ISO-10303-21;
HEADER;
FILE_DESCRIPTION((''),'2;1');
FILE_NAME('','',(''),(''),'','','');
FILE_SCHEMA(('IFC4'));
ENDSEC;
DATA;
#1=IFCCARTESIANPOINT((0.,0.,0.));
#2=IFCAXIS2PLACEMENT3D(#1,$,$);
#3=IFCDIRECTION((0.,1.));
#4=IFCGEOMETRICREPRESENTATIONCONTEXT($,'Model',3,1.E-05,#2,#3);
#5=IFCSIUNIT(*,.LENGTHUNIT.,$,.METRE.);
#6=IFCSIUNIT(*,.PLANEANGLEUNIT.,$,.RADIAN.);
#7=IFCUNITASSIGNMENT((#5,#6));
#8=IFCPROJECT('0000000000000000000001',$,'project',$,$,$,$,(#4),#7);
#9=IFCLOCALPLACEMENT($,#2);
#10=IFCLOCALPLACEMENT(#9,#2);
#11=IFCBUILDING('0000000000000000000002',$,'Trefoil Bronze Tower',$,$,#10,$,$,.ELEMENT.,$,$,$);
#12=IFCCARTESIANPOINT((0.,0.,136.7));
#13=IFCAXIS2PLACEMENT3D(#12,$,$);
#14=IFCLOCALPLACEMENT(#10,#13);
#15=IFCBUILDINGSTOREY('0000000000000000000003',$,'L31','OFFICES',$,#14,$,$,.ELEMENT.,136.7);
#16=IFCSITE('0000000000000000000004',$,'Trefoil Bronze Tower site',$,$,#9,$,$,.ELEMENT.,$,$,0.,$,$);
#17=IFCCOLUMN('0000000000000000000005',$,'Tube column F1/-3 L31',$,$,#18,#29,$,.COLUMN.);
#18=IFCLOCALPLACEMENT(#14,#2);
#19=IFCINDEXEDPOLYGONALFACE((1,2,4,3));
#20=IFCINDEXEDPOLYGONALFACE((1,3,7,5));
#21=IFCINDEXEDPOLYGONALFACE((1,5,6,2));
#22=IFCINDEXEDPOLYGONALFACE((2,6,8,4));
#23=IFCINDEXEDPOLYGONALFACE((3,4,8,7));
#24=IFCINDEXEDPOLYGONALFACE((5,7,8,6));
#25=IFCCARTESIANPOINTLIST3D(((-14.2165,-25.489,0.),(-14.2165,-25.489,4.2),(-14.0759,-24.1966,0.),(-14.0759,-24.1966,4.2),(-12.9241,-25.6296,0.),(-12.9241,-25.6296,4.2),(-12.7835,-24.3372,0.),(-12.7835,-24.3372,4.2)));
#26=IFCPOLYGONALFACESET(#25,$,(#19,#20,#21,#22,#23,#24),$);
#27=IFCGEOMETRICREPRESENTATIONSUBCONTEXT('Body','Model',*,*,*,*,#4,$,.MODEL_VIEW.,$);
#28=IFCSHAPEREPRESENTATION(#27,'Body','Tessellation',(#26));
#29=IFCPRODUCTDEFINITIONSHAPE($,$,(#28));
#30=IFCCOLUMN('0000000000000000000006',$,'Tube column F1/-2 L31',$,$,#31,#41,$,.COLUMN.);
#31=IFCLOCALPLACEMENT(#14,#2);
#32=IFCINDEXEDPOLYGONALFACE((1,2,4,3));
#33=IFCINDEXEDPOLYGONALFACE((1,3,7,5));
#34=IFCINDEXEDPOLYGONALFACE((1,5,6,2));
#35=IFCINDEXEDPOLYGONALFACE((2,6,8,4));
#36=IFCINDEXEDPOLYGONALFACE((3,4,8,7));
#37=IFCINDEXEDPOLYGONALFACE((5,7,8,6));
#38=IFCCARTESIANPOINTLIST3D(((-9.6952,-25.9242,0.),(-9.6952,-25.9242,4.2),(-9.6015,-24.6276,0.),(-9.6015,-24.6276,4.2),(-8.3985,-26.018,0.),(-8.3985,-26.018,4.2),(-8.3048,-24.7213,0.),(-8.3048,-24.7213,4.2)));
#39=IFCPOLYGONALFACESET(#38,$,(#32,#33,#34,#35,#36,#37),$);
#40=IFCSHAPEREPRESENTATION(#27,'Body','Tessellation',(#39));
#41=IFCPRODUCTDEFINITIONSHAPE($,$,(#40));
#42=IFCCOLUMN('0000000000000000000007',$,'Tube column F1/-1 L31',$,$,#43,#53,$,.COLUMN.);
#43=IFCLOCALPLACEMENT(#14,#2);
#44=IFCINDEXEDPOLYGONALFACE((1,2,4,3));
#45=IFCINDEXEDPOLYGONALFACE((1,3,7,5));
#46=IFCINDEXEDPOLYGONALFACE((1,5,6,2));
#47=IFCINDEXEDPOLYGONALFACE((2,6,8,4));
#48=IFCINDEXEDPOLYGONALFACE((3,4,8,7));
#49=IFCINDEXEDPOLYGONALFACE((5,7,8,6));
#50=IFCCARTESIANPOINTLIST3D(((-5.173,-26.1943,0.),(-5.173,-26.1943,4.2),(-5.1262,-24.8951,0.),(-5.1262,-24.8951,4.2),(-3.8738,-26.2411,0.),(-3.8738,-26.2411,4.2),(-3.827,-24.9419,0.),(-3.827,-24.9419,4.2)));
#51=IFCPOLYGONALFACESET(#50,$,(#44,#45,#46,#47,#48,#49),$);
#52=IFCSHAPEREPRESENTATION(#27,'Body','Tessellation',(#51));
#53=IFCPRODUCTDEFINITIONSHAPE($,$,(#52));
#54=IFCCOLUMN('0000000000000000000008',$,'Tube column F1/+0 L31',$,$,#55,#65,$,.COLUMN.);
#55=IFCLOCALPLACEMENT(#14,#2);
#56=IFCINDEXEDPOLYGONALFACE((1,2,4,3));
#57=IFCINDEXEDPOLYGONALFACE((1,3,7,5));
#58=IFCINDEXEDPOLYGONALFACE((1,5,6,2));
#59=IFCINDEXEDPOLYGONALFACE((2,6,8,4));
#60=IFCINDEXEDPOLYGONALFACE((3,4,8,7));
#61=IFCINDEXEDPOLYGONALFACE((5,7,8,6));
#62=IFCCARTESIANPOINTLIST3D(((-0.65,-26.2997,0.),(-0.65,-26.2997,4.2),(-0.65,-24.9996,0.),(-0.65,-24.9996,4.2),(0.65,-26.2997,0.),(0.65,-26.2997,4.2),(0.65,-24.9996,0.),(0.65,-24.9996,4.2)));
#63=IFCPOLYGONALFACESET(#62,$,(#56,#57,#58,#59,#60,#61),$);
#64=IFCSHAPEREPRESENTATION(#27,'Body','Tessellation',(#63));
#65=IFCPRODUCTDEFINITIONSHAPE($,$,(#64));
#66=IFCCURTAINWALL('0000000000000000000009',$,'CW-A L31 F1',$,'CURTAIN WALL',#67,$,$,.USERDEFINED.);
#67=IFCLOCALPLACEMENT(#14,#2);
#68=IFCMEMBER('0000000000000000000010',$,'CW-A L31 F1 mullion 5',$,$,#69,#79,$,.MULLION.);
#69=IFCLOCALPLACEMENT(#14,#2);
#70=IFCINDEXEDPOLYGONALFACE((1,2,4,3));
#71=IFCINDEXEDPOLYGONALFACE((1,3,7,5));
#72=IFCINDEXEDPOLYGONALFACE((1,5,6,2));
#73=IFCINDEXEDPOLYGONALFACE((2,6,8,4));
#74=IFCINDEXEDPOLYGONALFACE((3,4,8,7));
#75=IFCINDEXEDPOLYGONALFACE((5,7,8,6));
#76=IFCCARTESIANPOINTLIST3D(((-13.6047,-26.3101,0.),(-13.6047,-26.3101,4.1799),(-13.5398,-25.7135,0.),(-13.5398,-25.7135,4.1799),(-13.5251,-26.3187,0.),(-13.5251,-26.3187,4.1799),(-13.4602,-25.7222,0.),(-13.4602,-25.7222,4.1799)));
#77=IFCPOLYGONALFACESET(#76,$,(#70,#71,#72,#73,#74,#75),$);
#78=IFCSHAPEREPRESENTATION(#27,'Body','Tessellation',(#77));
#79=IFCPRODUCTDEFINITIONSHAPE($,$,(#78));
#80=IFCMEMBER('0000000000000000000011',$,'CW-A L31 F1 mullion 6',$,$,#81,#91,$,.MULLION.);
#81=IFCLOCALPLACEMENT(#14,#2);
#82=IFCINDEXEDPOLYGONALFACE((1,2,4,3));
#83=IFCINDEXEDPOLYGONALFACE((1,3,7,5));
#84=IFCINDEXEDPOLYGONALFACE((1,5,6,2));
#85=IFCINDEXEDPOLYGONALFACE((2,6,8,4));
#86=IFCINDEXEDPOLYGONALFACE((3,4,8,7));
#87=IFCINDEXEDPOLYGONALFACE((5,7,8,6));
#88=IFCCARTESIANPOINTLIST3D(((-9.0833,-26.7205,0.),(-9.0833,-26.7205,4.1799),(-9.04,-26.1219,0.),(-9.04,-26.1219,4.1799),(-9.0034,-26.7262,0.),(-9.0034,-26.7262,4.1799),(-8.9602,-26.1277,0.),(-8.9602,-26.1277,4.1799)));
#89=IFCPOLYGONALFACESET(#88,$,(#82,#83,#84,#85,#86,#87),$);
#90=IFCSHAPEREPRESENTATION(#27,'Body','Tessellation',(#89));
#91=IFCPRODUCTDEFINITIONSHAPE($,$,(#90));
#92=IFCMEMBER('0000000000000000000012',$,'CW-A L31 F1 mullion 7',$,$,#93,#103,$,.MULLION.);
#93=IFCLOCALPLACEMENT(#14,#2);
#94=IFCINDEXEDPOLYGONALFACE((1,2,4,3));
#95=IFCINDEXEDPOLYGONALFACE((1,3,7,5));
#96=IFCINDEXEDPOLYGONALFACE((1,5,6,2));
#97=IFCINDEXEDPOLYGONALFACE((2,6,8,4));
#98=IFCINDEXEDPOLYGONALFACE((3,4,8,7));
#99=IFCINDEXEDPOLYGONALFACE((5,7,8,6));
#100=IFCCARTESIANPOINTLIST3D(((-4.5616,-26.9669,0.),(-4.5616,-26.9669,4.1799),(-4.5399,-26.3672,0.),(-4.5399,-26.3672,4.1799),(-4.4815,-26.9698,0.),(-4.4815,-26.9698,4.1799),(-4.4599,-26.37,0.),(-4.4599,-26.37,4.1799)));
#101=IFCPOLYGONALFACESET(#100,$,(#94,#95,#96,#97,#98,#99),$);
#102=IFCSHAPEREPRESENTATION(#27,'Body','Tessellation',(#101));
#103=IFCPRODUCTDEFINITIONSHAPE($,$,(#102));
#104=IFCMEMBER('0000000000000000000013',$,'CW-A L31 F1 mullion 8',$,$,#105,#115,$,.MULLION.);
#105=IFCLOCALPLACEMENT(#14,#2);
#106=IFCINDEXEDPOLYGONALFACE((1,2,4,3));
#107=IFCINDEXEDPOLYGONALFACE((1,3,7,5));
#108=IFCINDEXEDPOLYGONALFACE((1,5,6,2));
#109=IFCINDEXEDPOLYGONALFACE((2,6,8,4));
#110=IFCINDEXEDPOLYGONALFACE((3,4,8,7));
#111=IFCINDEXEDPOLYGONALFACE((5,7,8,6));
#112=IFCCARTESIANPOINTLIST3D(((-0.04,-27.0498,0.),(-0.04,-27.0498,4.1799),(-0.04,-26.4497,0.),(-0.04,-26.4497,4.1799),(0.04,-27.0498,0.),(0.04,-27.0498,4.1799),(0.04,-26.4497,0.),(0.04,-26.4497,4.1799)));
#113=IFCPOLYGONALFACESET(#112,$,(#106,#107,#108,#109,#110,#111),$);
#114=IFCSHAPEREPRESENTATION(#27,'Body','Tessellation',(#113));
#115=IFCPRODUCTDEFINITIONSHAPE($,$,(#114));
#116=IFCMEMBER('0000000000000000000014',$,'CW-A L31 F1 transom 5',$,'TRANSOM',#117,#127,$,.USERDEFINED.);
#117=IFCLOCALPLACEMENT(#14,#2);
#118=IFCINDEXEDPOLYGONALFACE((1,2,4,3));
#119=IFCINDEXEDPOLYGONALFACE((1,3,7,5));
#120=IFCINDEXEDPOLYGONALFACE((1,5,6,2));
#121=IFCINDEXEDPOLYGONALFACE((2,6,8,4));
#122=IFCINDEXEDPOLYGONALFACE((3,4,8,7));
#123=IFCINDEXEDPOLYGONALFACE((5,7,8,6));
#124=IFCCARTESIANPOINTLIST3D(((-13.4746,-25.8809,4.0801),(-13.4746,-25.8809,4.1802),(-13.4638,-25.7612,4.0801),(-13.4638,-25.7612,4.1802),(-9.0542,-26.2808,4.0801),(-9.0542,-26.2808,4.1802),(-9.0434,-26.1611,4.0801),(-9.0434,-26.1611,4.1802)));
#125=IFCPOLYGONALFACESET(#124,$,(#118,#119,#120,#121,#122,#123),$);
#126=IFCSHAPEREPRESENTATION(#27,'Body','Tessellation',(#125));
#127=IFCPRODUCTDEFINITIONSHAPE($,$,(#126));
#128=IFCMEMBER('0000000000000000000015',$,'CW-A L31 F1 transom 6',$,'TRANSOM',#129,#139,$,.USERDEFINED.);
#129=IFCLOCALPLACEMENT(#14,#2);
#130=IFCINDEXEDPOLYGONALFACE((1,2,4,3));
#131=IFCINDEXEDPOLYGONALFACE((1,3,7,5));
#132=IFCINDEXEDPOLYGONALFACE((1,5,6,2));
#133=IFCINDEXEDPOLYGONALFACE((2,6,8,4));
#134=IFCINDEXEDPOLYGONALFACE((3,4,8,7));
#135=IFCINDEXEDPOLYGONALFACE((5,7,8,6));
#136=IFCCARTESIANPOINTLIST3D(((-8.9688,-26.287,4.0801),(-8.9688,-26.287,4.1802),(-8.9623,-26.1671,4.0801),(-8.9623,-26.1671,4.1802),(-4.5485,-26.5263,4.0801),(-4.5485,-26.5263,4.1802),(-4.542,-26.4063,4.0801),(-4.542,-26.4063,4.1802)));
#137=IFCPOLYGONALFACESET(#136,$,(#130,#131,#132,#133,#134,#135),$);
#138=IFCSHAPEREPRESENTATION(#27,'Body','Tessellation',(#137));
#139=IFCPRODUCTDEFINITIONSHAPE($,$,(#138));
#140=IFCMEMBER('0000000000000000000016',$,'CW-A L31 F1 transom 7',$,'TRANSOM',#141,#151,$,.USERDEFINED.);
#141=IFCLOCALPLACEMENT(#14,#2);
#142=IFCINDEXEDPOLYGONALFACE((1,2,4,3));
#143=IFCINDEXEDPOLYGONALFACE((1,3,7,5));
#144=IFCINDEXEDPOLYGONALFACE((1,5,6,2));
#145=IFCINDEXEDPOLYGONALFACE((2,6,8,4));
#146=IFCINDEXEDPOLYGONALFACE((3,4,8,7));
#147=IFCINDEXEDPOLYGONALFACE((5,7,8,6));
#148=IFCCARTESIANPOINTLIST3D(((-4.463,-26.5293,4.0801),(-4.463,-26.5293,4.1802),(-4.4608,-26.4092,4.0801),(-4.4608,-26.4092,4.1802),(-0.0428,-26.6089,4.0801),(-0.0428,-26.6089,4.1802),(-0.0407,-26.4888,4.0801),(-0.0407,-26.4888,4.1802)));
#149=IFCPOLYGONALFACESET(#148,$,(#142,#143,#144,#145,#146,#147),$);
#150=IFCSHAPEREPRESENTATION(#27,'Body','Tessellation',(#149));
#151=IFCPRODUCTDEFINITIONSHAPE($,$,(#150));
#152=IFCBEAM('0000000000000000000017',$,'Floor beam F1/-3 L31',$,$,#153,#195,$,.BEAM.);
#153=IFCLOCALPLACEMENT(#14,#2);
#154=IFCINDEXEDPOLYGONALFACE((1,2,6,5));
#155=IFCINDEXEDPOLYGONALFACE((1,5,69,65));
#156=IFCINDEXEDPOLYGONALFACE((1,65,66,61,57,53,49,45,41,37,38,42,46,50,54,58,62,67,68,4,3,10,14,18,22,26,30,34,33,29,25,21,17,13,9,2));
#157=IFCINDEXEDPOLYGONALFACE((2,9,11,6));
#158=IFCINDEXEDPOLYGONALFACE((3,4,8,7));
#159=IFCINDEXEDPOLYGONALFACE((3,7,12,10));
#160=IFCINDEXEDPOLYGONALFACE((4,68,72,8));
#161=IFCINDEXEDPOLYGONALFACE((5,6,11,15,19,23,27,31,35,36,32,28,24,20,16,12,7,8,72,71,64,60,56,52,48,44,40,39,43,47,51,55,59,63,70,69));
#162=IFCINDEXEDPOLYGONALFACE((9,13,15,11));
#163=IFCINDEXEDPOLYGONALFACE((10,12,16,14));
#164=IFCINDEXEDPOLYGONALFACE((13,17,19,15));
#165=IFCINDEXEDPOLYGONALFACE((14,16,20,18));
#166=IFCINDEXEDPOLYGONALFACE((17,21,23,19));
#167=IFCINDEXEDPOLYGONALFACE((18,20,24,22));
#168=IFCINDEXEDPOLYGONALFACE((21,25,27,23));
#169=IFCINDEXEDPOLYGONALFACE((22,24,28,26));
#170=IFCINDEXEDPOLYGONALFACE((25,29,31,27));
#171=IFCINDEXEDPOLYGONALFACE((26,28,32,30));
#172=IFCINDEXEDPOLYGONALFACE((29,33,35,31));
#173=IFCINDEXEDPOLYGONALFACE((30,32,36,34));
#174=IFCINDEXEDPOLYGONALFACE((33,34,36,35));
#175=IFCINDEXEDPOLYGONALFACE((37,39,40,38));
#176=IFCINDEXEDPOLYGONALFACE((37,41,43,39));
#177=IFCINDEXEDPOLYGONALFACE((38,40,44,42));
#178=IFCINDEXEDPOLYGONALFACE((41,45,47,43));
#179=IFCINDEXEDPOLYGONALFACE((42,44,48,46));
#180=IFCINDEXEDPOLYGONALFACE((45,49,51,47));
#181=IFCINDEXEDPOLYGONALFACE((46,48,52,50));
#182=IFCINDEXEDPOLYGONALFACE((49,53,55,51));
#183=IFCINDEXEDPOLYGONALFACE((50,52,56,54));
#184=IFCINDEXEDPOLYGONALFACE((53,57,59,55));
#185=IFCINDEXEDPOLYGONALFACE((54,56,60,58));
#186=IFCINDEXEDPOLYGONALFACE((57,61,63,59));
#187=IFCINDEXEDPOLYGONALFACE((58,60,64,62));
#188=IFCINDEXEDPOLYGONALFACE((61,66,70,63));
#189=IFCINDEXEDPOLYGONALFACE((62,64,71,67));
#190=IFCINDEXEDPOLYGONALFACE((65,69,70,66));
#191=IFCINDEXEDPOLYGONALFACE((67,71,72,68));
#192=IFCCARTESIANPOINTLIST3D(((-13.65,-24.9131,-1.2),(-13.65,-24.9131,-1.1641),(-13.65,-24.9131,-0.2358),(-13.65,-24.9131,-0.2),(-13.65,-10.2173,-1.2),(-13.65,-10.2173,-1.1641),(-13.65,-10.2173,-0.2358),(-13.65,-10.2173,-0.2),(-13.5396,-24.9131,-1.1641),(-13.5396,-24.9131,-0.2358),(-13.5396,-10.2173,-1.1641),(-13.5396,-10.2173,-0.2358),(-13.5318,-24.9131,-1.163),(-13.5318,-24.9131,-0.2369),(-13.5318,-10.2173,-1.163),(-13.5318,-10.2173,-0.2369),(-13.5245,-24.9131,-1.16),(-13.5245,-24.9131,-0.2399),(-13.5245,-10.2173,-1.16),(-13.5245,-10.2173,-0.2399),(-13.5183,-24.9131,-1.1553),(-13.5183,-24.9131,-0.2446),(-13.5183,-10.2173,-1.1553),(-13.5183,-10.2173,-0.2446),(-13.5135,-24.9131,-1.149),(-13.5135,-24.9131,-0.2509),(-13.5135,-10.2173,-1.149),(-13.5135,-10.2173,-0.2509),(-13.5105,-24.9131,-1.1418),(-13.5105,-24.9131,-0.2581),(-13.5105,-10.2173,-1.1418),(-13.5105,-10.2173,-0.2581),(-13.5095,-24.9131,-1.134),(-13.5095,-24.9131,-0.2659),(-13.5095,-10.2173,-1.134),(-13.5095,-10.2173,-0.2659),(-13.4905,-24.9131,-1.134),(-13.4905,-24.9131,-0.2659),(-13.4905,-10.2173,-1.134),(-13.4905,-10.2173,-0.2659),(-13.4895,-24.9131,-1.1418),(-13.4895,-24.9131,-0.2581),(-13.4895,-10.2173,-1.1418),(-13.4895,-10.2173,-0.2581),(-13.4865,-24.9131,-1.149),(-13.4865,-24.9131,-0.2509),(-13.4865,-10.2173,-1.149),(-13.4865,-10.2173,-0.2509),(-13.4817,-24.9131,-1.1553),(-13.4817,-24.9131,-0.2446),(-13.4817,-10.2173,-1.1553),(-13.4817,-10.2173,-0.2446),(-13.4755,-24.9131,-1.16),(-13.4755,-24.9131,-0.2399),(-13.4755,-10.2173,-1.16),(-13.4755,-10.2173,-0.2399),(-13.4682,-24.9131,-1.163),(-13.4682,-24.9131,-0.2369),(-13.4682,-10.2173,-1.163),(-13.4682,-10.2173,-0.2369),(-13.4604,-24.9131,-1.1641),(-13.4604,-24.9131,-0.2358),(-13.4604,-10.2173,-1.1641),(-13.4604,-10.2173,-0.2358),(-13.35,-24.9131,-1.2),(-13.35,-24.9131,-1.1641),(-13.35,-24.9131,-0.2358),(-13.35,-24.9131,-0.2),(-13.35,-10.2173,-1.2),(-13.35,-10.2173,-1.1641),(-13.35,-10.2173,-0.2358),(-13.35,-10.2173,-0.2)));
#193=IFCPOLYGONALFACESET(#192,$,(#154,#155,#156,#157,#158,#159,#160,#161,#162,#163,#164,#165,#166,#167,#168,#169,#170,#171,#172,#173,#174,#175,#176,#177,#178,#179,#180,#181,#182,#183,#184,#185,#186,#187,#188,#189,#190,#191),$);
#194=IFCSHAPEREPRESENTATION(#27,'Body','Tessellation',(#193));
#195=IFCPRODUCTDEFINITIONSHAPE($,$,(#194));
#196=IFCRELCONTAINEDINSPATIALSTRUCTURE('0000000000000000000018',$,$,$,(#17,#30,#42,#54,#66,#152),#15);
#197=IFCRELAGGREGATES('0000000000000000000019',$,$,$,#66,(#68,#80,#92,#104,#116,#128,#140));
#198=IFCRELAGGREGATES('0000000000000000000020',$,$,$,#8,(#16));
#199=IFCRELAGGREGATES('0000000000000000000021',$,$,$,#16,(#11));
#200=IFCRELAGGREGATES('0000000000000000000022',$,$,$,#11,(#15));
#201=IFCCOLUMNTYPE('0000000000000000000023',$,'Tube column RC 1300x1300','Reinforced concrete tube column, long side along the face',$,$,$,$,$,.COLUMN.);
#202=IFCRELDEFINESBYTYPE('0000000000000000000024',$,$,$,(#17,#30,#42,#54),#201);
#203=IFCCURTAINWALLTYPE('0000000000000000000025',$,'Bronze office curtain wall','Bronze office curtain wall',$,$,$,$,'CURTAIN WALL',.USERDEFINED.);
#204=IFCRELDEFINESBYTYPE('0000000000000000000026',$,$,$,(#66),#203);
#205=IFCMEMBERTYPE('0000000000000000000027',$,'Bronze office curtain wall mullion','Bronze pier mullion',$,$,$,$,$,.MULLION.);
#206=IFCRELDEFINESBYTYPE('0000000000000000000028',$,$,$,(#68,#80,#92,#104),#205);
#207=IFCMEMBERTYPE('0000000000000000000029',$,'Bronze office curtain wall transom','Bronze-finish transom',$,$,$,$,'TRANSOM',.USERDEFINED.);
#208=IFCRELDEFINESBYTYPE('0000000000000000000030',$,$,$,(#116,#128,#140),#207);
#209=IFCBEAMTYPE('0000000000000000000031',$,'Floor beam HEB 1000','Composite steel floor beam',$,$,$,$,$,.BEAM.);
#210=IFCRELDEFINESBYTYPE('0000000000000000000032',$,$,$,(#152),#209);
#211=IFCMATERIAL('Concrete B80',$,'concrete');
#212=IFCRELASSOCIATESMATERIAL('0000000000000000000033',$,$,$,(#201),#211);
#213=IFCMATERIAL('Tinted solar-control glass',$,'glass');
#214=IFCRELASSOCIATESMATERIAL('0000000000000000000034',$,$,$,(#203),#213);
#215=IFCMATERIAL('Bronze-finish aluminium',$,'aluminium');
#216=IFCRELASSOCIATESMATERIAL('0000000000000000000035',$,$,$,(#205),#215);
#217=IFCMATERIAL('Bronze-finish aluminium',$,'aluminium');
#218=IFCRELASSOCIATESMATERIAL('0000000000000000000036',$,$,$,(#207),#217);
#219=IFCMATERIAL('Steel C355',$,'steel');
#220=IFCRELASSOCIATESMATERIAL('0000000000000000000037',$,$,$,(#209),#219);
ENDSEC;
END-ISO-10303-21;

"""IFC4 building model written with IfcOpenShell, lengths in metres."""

from ifc_helpers import new_model, si_unit, direction, frame, origin, origin_2d, place, context, subcontext, project, spatial, rectangle, i_section, extrude, material, material_profile, profile_set, type_object, element, aggregate, save


model = new_model("IFC4")

# Units and contexts
model_context = context("Model", 3, precision=1e-05, world=origin(), true_north=direction((0.0, 1.0)))
body_context = subcontext(model_context, "Body", "Model", "MODEL_VIEW")
ifc_project = project(units=[si_unit("LENGTHUNIT", "METRE"), si_unit("PLANEANGLEUNIT", "RADIAN")], contexts=[model_context])

# Site, building, storey
site_placement = place(None, origin())
site = spatial("IfcSite", under=ifc_project, at=site_placement, Name="Trefoil Bronze Tower site", CompositionType="ELEMENT", RefElevation=0.0)
building_placement = place(site_placement, origin())
building = spatial("IfcBuilding", under=site, at=building_placement, Name="Trefoil Bronze Tower", CompositionType="ELEMENT")
storey_placement = place(building_placement, frame((0.0, 0.0, 136.7)))
storey = spatial("IfcBuildingStorey", under=building, at=storey_placement, Name="L31", Description="OFFICES", CompositionType="ELEMENT", Elevation=136.7)

# Columns
ifc_material_1 = material(Name="Concrete B80", Category="concrete")
ifc_material_profile_1 = material_profile(ifc_material_1, rectangle(XDim=1.3, YDim=1.3, at=origin_2d()), Name="RC 1300x1300")
ifc_profile_set_1 = profile_set([ifc_material_profile_1], Name="Concrete B80")
column_type = type_object("IfcColumnType", Name="Tube column RC 1300x1300", Description="Reinforced concrete tube column, long side along the face", PredefinedType="COLUMN", material=ifc_profile_set_1)
for number, where, z_axis, x_axis, name in (
    (1, (-13.5, -24.9131, 0.0), (0.0, 0.0, 1.0), (0.994135, -0.108144, 0.0), "Tube column F1/-3 L31"),
    (2, (-9.0, -25.3228, 0.0), (0.0, 0.0, 1.0), (0.997398, -0.072096, 0.0), "Tube column F1/-2 L31"),
    (3, (-4.5, -25.5681, 0.0), (0.0, 0.0, 1.0), (0.99935, -0.036048, 0.0), "Tube column F1/-1 L31"),
    (4, (0.0, -25.6497, 0.0), (0.0, 0.0, 1.0), (1.0, 0.0, 0.0), "Tube column F1/+0 L31"),
):
    element("IfcColumn", number, at=place(storey_placement, frame(where, z_axis=z_axis, x_axis=x_axis)), inside=storey, type_object=column_type, Name=name, PredefinedType="COLUMN", context=body_context, shape_type="SweptSolid", body=[
        extrude(rectangle(XDim=1.3, YDim=1.3, at=origin_2d()), origin(), (0.0, 0.0, 1.0), 4.2),
    ])

# Curtain wall, members
ifc_material_2 = material(Name="Tinted solar-control glass", Category="glass")
curtain_wall_type = type_object("IfcCurtainWallType", Name="Bronze office curtain wall", Description="Bronze office curtain wall", ElementType="CURTAIN WALL", PredefinedType="USERDEFINED", material=ifc_material_2)
curtain_wall_placement = place(storey_placement, origin())
curtain_wall = element("IfcCurtainWall", 5, at=curtain_wall_placement, inside=storey, type_object=curtain_wall_type, Name="CW-A L31 F1", ObjectType="CURTAIN WALL", PredefinedType="USERDEFINED")
ifc_material_3 = material(Name="Bronze-finish aluminium", Category="aluminium")
ifc_material_profile_2 = material_profile(ifc_material_3, rectangle(XDim=0.6001, YDim=0.0801, at=origin_2d()), Name="CW-A mullion")
ifc_profile_set_2 = profile_set([ifc_material_profile_2], Name="Bronze-finish aluminium")
member_type_1 = type_object("IfcMemberType", Name="Bronze office curtain wall mullion", Description="Bronze pier mullion", PredefinedType="MULLION", material=ifc_profile_set_2)
member_1_placement = place(storey_placement, frame((-13.5325, -26.0161, 0.0), z_axis=(0.0, 0.0, 1.0), x_axis=(0.108144, 0.994135, 0.0)))
member_1 = element("IfcMember", 6, at=member_1_placement, type_object=member_type_1, Name="CW-A L31 F1 mullion 5", PredefinedType="MULLION", context=body_context, shape_type="SweptSolid", body=[
    extrude(rectangle(XDim=0.6001, YDim=0.0801, at=origin_2d()), origin(), (0.0, 0.0, 1.0), 4.1799),
])
member_2_placement = place(storey_placement, frame((-9.0217, -26.4241, 0.0), z_axis=(0.0, 0.0, 1.0), x_axis=(0.072096, 0.997398, 0.0)))
member_2 = element("IfcMember", 7, at=member_2_placement, type_object=member_type_1, Name="CW-A L31 F1 mullion 6", PredefinedType="MULLION", context=body_context, shape_type="SweptSolid", body=[
    extrude(rectangle(XDim=0.6001, YDim=0.0801, at=origin_2d()), origin(), (0.0, 0.0, 1.0), 4.1799),
])
member_3_placement = place(storey_placement, frame((-4.5107, -26.6685, 0.0), z_axis=(0.0, 0.0, 1.0), x_axis=(0.036048, 0.99935, 0.0)))
member_3 = element("IfcMember", 8, at=member_3_placement, type_object=member_type_1, Name="CW-A L31 F1 mullion 7", PredefinedType="MULLION", context=body_context, shape_type="SweptSolid", body=[
    extrude(rectangle(XDim=0.6001, YDim=0.0801, at=origin_2d()), origin(), (0.0, 0.0, 1.0), 4.1799),
])
member_4_placement = place(storey_placement, frame((0.0, -26.7498, 0.0), z_axis=(0.0, 0.0, 1.0), x_axis=(0.0, 1.0, 0.0)))
member_4 = element("IfcMember", 9, at=member_4_placement, type_object=member_type_1, Name="CW-A L31 F1 mullion 8", PredefinedType="MULLION", context=body_context, shape_type="SweptSolid", body=[
    extrude(rectangle(XDim=0.6001, YDim=0.0801, at=origin_2d()), origin(), (0.0, 0.0, 1.0), 4.1799),
])
ifc_material_4 = material(Name="Bronze-finish aluminium", Category="aluminium")
ifc_material_profile_3 = material_profile(ifc_material_4, rectangle(XDim=0.1201, YDim=0.1001, at=origin_2d()), Name="CW-A transom")
ifc_profile_set_3 = profile_set([ifc_material_profile_3], Name="Bronze-finish aluminium")
member_type_2 = type_object("IfcMemberType", Name="Bronze office curtain wall transom", Description="Bronze-finish transom", ElementType="TRANSOM", PredefinedType="USERDEFINED", material=ifc_profile_set_3)
member_5_placement = place(storey_placement, frame((-13.4692, -25.821, 4.1301), z_axis=(0.995933, -0.090099, 0.0), x_axis=(0.090099, 0.995933, 0.0)))
member_5 = element("IfcMember", 10, at=member_5_placement, type_object=member_type_2, Name="CW-A L31 F1 transom 5", ObjectType="TRANSOM", PredefinedType="USERDEFINED", context=body_context, shape_type="SweptSolid", body=[
    extrude(rectangle(XDim=0.1201, YDim=0.1001, at=origin_2d()), origin(), (0.0, 0.0, 1.0), 4.4385),
])
member_6_placement = place(storey_placement, frame((-8.9656, -26.2271, 4.1301), z_axis=(0.998538, -0.05405, 0.0), x_axis=(0.05405, 0.998538, 0.0)))
member_6 = element("IfcMember", 11, at=member_6_placement, type_object=member_type_2, Name="CW-A L31 F1 transom 6", ObjectType="TRANSOM", PredefinedType="USERDEFINED", context=body_context, shape_type="SweptSolid", body=[
    extrude(rectangle(XDim=0.1201, YDim=0.1001, at=origin_2d()), origin(), (0.0, 0.0, 1.0), 4.4268),
])
member_7_placement = place(storey_placement, frame((-4.4619, -26.4692, 4.1301), z_axis=(0.999838, -0.018003, 0.0), x_axis=(0.018003, 0.999838, 0.0)))
member_7 = element("IfcMember", 12, at=member_7_placement, type_object=member_type_2, Name="CW-A L31 F1 transom 7", ObjectType="TRANSOM", PredefinedType="USERDEFINED", context=body_context, shape_type="SweptSolid", body=[
    extrude(rectangle(XDim=0.1201, YDim=0.1001, at=origin_2d()), origin(), (0.0, 0.0, 1.0), 4.4209),
])

# Beam
ifc_material_5 = material(Name="Steel C355", Category="steel")
ifc_material_profile_4 = material_profile(ifc_material_5, i_section(OverallWidth=0.3, OverallDepth=1.0, WebThickness=0.019, FlangeThickness=0.0359, FilletRadius=0.03, at=origin_2d()), Name="HEB 1000")
ifc_profile_set_4 = profile_set([ifc_material_profile_4], Name="Steel C355")
beam_type_1 = type_object("IfcBeamType", Name="Floor beam HEB 1000", Description="Composite steel floor beam", PredefinedType="BEAM", material=ifc_profile_set_4)
beam_1_placement = place(storey_placement, frame((-13.5, -24.9131, -0.7), z_axis=(0.0, 1.0, 0.0), x_axis=(-1.0, 0.0, 0.0)))
element("IfcBeam", 13, at=beam_1_placement, inside=storey, type_object=beam_type_1, Name="Floor beam F1/-3 L31", PredefinedType="BEAM", context=body_context, shape_type="SweptSolid", body=[
    extrude(i_section(OverallWidth=0.3, OverallDepth=1.0, WebThickness=0.019, FlangeThickness=0.0359, FilletRadius=0.03, at=origin_2d()), origin(), (0.0, 0.0, 1.0), 14.6958),
])

aggregate(curtain_wall, [member_1, member_2, member_3, member_4, member_5, member_6, member_7])

save(model, "model.ifc")
